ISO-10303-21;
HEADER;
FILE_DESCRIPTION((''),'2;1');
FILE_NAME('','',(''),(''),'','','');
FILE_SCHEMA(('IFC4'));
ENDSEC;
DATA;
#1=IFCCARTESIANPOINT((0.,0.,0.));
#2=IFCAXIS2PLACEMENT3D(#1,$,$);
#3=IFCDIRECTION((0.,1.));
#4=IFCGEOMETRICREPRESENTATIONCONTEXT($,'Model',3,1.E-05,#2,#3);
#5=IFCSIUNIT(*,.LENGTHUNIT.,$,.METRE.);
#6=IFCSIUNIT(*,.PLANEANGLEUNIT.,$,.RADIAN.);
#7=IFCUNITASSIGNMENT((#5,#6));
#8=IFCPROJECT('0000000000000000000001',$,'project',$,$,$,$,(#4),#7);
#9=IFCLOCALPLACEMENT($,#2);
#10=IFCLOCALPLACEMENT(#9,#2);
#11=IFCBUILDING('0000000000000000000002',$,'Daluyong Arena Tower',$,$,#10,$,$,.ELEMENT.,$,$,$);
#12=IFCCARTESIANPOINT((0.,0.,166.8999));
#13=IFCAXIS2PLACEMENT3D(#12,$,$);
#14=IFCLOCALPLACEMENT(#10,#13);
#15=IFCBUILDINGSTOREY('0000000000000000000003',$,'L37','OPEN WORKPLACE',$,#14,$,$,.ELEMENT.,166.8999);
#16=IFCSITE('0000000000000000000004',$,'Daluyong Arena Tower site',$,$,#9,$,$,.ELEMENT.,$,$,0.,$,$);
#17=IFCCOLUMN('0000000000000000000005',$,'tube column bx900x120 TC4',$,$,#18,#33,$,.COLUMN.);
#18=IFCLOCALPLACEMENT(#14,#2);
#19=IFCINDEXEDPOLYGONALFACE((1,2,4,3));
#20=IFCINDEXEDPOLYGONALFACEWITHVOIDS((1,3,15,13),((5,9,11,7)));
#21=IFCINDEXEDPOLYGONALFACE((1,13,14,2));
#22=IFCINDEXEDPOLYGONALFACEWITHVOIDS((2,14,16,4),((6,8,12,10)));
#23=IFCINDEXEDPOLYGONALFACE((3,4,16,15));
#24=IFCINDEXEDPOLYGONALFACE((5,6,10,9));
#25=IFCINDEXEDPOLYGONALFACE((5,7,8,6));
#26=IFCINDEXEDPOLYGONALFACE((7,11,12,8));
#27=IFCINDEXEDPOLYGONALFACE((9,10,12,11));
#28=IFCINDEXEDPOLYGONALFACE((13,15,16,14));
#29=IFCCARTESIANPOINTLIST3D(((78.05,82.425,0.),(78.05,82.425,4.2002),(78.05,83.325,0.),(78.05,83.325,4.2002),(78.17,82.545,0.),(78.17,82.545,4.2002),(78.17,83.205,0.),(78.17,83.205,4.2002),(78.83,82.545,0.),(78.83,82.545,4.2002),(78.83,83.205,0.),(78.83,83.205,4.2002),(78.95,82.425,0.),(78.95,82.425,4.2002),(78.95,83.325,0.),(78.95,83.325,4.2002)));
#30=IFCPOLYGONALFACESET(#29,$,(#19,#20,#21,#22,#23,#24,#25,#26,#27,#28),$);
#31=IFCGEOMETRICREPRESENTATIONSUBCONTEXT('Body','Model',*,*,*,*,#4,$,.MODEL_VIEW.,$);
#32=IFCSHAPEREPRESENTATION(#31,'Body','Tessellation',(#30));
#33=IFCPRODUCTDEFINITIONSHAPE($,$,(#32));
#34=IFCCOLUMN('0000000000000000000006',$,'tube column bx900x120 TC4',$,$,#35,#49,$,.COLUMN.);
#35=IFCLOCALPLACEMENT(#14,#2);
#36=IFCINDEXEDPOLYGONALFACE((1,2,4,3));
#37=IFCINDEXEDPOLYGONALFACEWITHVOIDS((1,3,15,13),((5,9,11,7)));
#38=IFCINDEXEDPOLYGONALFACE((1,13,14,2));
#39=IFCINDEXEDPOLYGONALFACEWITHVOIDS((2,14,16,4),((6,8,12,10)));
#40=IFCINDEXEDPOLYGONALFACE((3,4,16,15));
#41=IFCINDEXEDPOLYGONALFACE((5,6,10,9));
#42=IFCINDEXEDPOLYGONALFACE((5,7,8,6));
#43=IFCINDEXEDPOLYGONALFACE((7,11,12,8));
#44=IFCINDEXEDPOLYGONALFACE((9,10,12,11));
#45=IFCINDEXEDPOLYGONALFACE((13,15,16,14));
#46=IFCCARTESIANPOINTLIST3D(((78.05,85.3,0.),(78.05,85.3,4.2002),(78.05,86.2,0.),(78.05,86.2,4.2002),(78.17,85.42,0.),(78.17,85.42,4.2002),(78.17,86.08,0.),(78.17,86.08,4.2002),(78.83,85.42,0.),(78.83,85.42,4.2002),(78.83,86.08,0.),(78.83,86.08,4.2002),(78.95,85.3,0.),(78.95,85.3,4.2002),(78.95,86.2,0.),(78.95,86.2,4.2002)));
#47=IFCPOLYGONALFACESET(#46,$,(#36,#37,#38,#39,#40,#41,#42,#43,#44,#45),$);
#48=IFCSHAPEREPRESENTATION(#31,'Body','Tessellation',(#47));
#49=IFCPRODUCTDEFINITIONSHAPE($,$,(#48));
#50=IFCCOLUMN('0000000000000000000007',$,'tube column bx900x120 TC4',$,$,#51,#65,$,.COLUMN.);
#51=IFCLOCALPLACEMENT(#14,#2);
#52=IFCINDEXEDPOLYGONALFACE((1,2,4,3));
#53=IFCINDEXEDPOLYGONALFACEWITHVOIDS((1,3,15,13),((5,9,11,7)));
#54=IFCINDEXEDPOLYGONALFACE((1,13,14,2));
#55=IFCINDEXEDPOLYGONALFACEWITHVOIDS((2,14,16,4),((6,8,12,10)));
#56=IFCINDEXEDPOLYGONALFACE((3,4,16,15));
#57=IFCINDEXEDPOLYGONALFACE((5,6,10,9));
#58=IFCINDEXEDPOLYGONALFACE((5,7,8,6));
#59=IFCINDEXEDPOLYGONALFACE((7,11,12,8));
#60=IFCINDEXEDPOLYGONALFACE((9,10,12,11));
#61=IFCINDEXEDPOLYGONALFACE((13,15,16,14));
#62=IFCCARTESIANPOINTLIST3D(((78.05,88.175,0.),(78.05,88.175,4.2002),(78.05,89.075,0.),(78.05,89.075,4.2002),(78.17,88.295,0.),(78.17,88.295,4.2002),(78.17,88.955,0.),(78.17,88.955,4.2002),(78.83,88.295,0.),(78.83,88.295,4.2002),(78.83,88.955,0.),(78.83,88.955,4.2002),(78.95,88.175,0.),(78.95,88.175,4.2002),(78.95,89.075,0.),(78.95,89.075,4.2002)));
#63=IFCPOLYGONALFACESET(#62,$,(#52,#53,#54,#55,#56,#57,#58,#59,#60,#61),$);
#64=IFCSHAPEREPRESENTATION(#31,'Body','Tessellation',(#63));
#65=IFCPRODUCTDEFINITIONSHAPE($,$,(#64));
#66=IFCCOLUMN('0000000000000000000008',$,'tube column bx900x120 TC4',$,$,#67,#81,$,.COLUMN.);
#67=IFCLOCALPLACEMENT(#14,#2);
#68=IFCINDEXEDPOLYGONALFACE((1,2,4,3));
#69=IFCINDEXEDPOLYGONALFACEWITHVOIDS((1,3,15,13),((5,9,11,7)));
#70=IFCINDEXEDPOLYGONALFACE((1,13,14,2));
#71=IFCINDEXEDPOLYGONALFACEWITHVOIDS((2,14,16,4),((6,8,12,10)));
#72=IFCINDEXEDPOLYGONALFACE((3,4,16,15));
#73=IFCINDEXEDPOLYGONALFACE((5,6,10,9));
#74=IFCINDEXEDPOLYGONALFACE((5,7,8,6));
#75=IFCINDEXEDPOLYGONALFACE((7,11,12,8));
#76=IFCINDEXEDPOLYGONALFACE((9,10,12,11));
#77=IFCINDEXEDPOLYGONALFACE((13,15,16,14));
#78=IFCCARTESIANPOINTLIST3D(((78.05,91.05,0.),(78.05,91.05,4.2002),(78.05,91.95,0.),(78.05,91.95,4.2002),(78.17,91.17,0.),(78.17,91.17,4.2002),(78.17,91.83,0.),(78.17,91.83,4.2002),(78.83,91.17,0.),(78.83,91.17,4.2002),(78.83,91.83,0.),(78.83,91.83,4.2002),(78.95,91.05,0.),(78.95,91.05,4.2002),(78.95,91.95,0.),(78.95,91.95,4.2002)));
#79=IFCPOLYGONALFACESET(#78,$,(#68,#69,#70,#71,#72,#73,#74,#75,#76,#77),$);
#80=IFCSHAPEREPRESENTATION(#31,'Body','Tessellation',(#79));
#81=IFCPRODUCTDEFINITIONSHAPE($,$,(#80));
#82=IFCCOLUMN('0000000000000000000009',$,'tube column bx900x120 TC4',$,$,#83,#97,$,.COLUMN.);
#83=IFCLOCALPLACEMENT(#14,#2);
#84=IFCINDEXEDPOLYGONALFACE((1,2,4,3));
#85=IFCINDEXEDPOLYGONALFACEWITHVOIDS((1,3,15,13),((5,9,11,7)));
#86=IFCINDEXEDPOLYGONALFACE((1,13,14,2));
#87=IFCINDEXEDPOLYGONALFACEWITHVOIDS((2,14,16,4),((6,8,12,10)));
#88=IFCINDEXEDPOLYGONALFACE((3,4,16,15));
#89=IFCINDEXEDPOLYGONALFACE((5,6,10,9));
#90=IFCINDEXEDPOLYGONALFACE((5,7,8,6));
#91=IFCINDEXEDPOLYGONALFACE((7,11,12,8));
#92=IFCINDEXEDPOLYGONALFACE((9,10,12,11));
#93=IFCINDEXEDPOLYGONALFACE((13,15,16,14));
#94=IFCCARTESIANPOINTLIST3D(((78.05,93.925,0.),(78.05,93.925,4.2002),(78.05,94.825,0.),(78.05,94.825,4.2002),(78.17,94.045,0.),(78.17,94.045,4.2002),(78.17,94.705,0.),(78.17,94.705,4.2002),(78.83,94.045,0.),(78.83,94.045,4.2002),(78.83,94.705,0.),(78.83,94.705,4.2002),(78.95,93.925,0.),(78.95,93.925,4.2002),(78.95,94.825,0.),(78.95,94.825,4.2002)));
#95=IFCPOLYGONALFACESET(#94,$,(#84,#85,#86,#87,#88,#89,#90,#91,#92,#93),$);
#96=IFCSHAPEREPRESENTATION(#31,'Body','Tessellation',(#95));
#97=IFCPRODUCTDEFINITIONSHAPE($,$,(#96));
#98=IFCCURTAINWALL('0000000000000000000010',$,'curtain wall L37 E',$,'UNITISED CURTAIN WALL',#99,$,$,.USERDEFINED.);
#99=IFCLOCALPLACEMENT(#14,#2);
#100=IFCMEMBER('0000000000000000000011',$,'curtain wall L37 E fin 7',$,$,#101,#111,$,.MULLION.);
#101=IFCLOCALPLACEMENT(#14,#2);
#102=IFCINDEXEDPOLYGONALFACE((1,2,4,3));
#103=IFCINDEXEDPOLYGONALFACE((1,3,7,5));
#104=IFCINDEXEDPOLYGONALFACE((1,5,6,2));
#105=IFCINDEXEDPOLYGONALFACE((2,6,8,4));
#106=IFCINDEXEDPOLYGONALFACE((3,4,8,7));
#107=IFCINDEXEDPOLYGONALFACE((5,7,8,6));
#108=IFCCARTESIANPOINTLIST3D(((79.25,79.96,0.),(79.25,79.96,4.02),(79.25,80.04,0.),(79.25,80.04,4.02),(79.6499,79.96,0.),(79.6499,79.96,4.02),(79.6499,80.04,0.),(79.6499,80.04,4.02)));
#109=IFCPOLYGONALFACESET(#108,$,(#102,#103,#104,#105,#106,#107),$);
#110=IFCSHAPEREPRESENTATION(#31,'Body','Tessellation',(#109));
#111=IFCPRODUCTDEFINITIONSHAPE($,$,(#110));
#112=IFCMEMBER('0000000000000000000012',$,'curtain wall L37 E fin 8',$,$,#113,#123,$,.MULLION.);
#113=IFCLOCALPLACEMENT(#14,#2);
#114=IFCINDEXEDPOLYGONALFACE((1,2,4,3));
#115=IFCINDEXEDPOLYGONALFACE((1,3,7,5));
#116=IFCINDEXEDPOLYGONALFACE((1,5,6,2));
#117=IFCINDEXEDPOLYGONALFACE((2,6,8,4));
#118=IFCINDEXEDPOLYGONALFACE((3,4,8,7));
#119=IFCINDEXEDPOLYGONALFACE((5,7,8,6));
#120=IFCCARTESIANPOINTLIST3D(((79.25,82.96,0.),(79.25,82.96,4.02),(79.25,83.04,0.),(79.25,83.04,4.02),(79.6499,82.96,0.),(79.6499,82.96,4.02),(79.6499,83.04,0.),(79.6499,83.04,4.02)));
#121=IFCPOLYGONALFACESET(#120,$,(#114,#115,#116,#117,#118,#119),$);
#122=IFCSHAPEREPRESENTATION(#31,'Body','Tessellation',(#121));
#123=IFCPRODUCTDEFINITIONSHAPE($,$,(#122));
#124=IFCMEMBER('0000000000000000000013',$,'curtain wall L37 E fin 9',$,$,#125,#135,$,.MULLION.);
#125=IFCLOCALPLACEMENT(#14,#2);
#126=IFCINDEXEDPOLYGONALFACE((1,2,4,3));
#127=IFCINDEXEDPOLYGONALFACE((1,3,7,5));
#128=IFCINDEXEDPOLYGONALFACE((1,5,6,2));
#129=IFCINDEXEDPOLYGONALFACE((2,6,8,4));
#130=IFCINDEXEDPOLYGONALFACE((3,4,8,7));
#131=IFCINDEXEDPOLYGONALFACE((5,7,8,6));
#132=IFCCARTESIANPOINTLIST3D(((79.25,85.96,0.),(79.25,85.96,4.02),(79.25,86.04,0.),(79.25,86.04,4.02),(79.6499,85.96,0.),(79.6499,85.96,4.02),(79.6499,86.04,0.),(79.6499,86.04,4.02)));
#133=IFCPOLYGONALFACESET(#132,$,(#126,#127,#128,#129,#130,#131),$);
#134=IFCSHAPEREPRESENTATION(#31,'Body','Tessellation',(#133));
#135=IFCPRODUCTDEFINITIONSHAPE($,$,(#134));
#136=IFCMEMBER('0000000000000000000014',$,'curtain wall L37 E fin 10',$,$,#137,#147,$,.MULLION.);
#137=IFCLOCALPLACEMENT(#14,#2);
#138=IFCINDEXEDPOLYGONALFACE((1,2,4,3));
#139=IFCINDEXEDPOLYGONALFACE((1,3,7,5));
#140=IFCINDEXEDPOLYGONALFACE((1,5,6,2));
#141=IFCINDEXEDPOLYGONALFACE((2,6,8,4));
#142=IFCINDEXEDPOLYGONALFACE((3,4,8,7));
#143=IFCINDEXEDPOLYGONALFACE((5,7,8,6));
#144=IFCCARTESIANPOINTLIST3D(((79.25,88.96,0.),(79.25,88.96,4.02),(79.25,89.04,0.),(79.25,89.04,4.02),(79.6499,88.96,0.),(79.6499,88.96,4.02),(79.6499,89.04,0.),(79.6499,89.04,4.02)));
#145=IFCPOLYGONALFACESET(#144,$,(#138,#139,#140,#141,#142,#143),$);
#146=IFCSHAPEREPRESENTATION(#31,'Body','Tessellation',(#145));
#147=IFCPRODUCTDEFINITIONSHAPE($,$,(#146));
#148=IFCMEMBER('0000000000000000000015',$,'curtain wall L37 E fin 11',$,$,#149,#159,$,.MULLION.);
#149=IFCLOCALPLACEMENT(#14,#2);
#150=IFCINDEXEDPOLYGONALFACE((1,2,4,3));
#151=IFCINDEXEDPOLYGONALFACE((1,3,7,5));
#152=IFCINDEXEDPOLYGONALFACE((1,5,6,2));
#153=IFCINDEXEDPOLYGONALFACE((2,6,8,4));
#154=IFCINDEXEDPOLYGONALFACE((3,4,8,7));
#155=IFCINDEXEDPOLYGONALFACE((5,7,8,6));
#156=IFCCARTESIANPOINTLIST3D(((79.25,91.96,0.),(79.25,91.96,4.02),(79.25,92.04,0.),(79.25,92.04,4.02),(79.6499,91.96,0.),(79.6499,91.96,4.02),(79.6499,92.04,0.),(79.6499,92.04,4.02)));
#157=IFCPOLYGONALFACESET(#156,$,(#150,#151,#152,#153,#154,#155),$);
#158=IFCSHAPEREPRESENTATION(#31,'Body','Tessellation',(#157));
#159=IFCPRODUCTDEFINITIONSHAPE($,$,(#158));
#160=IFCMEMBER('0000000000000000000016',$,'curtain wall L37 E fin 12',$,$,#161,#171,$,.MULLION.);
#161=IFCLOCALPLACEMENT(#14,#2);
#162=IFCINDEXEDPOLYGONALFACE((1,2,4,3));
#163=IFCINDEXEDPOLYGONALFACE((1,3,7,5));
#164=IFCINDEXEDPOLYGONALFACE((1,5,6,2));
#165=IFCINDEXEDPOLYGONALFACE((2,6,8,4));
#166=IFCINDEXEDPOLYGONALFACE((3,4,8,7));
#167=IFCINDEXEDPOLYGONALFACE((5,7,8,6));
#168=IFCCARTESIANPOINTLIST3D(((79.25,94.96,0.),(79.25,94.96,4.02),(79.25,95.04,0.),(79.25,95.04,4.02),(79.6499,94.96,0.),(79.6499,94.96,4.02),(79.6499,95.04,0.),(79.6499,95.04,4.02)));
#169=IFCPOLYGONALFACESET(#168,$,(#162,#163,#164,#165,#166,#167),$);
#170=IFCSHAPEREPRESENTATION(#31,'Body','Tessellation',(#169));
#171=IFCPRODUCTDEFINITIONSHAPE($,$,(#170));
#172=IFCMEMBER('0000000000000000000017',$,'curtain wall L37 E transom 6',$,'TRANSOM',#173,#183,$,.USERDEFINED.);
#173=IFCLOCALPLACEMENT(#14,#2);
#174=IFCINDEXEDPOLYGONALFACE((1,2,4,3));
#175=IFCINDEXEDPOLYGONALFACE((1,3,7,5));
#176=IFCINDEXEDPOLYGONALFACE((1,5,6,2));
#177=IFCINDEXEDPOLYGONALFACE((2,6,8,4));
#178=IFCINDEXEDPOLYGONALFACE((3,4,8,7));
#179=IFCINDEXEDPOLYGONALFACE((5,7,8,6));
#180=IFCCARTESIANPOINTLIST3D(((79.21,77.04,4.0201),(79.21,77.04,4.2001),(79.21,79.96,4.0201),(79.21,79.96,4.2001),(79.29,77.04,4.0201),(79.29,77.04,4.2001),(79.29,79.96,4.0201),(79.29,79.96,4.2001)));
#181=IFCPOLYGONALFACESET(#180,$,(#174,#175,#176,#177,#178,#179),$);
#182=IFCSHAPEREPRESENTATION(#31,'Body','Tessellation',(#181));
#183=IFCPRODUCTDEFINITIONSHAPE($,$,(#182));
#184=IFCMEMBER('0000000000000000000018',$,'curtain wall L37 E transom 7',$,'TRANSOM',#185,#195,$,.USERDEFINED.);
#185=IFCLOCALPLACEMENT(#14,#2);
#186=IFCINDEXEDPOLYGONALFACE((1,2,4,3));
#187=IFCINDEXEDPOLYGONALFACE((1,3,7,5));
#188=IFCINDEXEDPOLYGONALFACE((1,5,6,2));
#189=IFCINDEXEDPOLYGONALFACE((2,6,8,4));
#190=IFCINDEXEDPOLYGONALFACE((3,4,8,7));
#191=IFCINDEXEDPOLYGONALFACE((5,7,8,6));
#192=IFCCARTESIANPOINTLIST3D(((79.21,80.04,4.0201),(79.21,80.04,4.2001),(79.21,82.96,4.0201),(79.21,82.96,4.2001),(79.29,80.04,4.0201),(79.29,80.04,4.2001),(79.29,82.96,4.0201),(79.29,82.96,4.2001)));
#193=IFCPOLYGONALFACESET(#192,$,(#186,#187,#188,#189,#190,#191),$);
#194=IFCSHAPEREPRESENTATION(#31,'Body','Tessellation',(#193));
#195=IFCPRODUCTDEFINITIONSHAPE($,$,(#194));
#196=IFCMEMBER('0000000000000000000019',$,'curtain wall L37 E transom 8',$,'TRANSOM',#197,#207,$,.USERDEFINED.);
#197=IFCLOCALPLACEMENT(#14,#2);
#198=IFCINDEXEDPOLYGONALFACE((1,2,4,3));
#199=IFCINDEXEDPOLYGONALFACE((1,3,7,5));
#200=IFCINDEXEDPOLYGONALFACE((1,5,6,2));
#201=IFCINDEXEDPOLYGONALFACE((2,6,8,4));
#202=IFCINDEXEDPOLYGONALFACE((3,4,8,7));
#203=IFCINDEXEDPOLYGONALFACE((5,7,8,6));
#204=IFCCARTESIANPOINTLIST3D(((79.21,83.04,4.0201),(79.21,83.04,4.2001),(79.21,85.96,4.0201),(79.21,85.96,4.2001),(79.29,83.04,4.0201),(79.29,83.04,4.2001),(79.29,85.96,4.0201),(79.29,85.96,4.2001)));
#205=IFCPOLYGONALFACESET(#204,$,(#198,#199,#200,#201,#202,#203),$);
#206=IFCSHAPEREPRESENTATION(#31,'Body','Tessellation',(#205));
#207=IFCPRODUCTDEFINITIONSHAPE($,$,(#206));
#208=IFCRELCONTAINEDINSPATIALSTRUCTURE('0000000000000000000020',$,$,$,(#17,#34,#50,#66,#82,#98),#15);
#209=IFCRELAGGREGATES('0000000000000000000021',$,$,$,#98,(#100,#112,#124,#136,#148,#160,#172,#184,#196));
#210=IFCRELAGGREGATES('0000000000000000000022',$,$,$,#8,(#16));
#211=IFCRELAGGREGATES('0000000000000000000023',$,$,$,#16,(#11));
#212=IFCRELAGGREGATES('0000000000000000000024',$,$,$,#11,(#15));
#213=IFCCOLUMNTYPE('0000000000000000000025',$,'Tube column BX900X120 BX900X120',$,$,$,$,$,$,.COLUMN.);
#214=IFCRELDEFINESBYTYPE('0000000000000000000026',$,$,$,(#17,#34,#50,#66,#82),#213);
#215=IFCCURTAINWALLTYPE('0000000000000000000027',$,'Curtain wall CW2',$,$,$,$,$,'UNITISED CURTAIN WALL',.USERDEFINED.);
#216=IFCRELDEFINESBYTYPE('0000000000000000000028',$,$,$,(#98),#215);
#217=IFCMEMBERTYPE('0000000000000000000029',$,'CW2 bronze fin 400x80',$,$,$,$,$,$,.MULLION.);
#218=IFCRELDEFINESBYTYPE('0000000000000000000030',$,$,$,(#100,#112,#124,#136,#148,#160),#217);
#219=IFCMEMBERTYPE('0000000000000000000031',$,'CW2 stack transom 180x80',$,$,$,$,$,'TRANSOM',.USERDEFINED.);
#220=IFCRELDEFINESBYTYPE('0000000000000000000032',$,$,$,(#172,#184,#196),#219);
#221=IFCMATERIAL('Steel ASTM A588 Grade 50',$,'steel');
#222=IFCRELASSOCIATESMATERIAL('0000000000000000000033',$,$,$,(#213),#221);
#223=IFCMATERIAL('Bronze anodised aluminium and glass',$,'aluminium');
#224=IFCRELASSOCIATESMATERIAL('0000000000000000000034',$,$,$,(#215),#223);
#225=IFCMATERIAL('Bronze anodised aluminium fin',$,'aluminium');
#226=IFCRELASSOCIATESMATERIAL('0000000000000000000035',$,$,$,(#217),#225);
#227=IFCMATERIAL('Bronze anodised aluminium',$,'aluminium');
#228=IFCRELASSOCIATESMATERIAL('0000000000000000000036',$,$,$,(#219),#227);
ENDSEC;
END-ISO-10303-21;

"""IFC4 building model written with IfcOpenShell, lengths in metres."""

from ifc_helpers import new_model, si_unit, direction, frame, origin, origin_2d, place, context, subcontext, project, spatial, rectangle, hollow_rectangle, extrude, material, material_profile, profile_set, type_object, element, aggregate, save


model = new_model("IFC4")

# Units and contexts
model_context = context("Model", 3, precision=1e-05, world=origin(), true_north=direction((0.0, 1.0)))
body_context = subcontext(model_context, "Body", "Model", "MODEL_VIEW")
ifc_project = project(units=[si_unit("LENGTHUNIT", "METRE"), si_unit("PLANEANGLEUNIT", "RADIAN")], contexts=[model_context])

# Site, building, storey
site_placement = place(None, origin())
site = spatial("IfcSite", under=ifc_project, at=site_placement, Name="Daluyong Arena Tower site", CompositionType="ELEMENT", RefElevation=0.0)
building_placement = place(site_placement, origin())
building = spatial("IfcBuilding", under=site, at=building_placement, Name="Daluyong Arena Tower", CompositionType="ELEMENT")
storey_placement = place(building_placement, frame((0.0, 0.0, 166.8999)))
storey = spatial("IfcBuildingStorey", under=building, at=storey_placement, Name="L37", Description="OPEN WORKPLACE", CompositionType="ELEMENT", Elevation=166.8999)

# Columns
ifc_material_1 = material(Name="Steel ASTM A588 Grade 50", Category="steel")
ifc_material_profile_1 = material_profile(ifc_material_1, hollow_rectangle(XDim=0.8999, YDim=0.8999, WallThickness=0.12, at=origin_2d()))
ifc_profile_set_1 = profile_set([ifc_material_profile_1], Name="Steel ASTM A588 Grade 50")
column_type = type_object("IfcColumnType", Name="Tube column BX900X120 BX900X120", PredefinedType="COLUMN", material=ifc_profile_set_1)
for number, where, z_axis, x_axis, name in (
    (1, (78.5, 82.875, 0.0), (0.0, 0.0, 1.0), (0.0, 1.0, 0.0), "tube column bx900x120 TC4"),
    (2, (78.5, 85.75, 0.0), (0.0, 0.0, 1.0), (0.0, 1.0, 0.0), "tube column bx900x120 TC4"),
    (3, (78.5, 88.625, 0.0), (0.0, 0.0, 1.0), (0.0, 1.0, 0.0), "tube column bx900x120 TC4"),
    (4, (78.5, 91.5, 0.0), (0.0, 0.0, 1.0), (0.0, 1.0, 0.0), "tube column bx900x120 TC4"),
    (5, (78.5, 94.375, 0.0), (0.0, 0.0, 1.0), (0.0, 1.0, 0.0), "tube column bx900x120 TC4"),
):
    element("IfcColumn", number, at=place(storey_placement, frame(where, z_axis=z_axis, x_axis=x_axis)), inside=storey, type_object=column_type, Name=name, PredefinedType="COLUMN", context=body_context, shape_type="SweptSolid", body=[
        extrude(hollow_rectangle(XDim=0.8999, YDim=0.8999, WallThickness=0.12, at=origin_2d()), origin(), (0.0, 0.0, 1.0), 4.2002),
    ])

# Curtain wall, members
ifc_material_2 = material(Name="Bronze anodised aluminium and glass", Category="aluminium")
curtain_wall_type = type_object("IfcCurtainWallType", Name="Curtain wall CW2", ElementType="UNITISED CURTAIN WALL", PredefinedType="USERDEFINED", material=ifc_material_2)
curtain_wall_placement = place(storey_placement, origin())
curtain_wall = element("IfcCurtainWall", 6, at=curtain_wall_placement, inside=storey, type_object=curtain_wall_type, Name="curtain wall L37 E", ObjectType="UNITISED CURTAIN WALL", PredefinedType="USERDEFINED")
ifc_material_3 = material(Name="Bronze anodised aluminium fin", Category="aluminium")
ifc_material_profile_2 = material_profile(ifc_material_3, rectangle(XDim=0.3999, YDim=0.0801, at=origin_2d()))
ifc_profile_set_2 = profile_set([ifc_material_profile_2], Name="Bronze anodised aluminium fin")
member_type_1 = type_object("IfcMemberType", Name="CW2 bronze fin 400x80", PredefinedType="MULLION", material=ifc_profile_set_2)
member_1_placement = place(storey_placement, frame((79.45, 80.0, 0.0), z_axis=(0.0, 0.0, 1.0), x_axis=(-1.0, 0.0, 0.0)))
member_1 = element("IfcMember", 7, at=member_1_placement, type_object=member_type_1, Name="curtain wall L37 E fin 7", PredefinedType="MULLION", context=body_context, shape_type="SweptSolid", body=[
    extrude(rectangle(XDim=0.3999, YDim=0.0801, at=origin_2d()), origin(), (0.0, 0.0, 1.0), 4.02),
])
member_2_placement = place(storey_placement, frame((79.45, 83.0, 0.0), z_axis=(0.0, 0.0, 1.0), x_axis=(-1.0, 0.0, 0.0)))
member_2 = element("IfcMember", 8, at=member_2_placement, type_object=member_type_1, Name="curtain wall L37 E fin 8", PredefinedType="MULLION", context=body_context, shape_type="SweptSolid", body=[
    extrude(rectangle(XDim=0.3999, YDim=0.0801, at=origin_2d()), origin(), (0.0, 0.0, 1.0), 4.02),
])
member_3_placement = place(storey_placement, frame((79.45, 86.0, 0.0), z_axis=(0.0, 0.0, 1.0), x_axis=(-1.0, 0.0, 0.0)))
member_3 = element("IfcMember", 9, at=member_3_placement, type_object=member_type_1, Name="curtain wall L37 E fin 9", PredefinedType="MULLION", context=body_context, shape_type="SweptSolid", body=[
    extrude(rectangle(XDim=0.3999, YDim=0.0801, at=origin_2d()), origin(), (0.0, 0.0, 1.0), 4.02),
])
member_4_placement = place(storey_placement, frame((79.45, 89.0, 0.0), z_axis=(0.0, 0.0, 1.0), x_axis=(-1.0, 0.0, 0.0)))
member_4 = element("IfcMember", 10, at=member_4_placement, type_object=member_type_1, Name="curtain wall L37 E fin 10", PredefinedType="MULLION", context=body_context, shape_type="SweptSolid", body=[
    extrude(rectangle(XDim=0.3999, YDim=0.0801, at=origin_2d()), origin(), (0.0, 0.0, 1.0), 4.02),
])
member_5_placement = place(storey_placement, frame((79.45, 92.0, 0.0), z_axis=(0.0, 0.0, 1.0), x_axis=(-1.0, 0.0, 0.0)))
member_5 = element("IfcMember", 11, at=member_5_placement, type_object=member_type_1, Name="curtain wall L37 E fin 11", PredefinedType="MULLION", context=body_context, shape_type="SweptSolid", body=[
    extrude(rectangle(XDim=0.3999, YDim=0.0801, at=origin_2d()), origin(), (0.0, 0.0, 1.0), 4.02),
])
member_6_placement = place(storey_placement, frame((79.45, 95.0, 0.0), z_axis=(0.0, 0.0, 1.0), x_axis=(-1.0, 0.0, 0.0)))
member_6 = element("IfcMember", 12, at=member_6_placement, type_object=member_type_1, Name="curtain wall L37 E fin 12", PredefinedType="MULLION", context=body_context, shape_type="SweptSolid", body=[
    extrude(rectangle(XDim=0.3999, YDim=0.0801, at=origin_2d()), origin(), (0.0, 0.0, 1.0), 4.02),
])
ifc_material_4 = material(Name="Bronze anodised aluminium", Category="aluminium")
ifc_material_profile_3 = material_profile(ifc_material_4, rectangle(XDim=0.0801, YDim=0.1799, at=origin_2d()))
ifc_profile_set_3 = profile_set([ifc_material_profile_3], Name="Bronze anodised aluminium")
member_type_2 = type_object("IfcMemberType", Name="CW2 stack transom 180x80", ElementType="TRANSOM", PredefinedType="USERDEFINED", material=ifc_profile_set_3)
member_7_placement = place(storey_placement, frame((79.25, 77.04, 4.1101), z_axis=(0.0, 1.0, 0.0), x_axis=(-1.0, 0.0, 0.0)))
member_7 = element("IfcMember", 13, at=member_7_placement, type_object=member_type_2, Name="curtain wall L37 E transom 6", ObjectType="TRANSOM", PredefinedType="USERDEFINED", context=body_context, shape_type="SweptSolid", body=[
    extrude(rectangle(XDim=0.0801, YDim=0.1799, at=origin_2d()), origin(), (0.0, 0.0, 1.0), 2.9199),
])
member_8_placement = place(storey_placement, frame((79.25, 80.04, 4.1101), z_axis=(0.0, 1.0, 0.0), x_axis=(-1.0, 0.0, 0.0)))
member_8 = element("IfcMember", 14, at=member_8_placement, type_object=member_type_2, Name="curtain wall L37 E transom 7", ObjectType="TRANSOM", PredefinedType="USERDEFINED", context=body_context, shape_type="SweptSolid", body=[
    extrude(rectangle(XDim=0.0801, YDim=0.1799, at=origin_2d()), origin(), (0.0, 0.0, 1.0), 2.9199),
])
member_9_placement = place(storey_placement, frame((79.25, 83.04, 4.1101), z_axis=(0.0, 1.0, 0.0), x_axis=(-1.0, 0.0, 0.0)))
member_9 = element("IfcMember", 15, at=member_9_placement, type_object=member_type_2, Name="curtain wall L37 E transom 8", ObjectType="TRANSOM", PredefinedType="USERDEFINED", context=body_context, shape_type="SweptSolid", body=[
    extrude(rectangle(XDim=0.0801, YDim=0.1799, at=origin_2d()), origin(), (0.0, 0.0, 1.0), 2.9199),
])

aggregate(curtain_wall, [member_1, member_2, member_3, member_4, member_5, member_6, member_7, member_8, member_9])

save(model, "model.ifc")
